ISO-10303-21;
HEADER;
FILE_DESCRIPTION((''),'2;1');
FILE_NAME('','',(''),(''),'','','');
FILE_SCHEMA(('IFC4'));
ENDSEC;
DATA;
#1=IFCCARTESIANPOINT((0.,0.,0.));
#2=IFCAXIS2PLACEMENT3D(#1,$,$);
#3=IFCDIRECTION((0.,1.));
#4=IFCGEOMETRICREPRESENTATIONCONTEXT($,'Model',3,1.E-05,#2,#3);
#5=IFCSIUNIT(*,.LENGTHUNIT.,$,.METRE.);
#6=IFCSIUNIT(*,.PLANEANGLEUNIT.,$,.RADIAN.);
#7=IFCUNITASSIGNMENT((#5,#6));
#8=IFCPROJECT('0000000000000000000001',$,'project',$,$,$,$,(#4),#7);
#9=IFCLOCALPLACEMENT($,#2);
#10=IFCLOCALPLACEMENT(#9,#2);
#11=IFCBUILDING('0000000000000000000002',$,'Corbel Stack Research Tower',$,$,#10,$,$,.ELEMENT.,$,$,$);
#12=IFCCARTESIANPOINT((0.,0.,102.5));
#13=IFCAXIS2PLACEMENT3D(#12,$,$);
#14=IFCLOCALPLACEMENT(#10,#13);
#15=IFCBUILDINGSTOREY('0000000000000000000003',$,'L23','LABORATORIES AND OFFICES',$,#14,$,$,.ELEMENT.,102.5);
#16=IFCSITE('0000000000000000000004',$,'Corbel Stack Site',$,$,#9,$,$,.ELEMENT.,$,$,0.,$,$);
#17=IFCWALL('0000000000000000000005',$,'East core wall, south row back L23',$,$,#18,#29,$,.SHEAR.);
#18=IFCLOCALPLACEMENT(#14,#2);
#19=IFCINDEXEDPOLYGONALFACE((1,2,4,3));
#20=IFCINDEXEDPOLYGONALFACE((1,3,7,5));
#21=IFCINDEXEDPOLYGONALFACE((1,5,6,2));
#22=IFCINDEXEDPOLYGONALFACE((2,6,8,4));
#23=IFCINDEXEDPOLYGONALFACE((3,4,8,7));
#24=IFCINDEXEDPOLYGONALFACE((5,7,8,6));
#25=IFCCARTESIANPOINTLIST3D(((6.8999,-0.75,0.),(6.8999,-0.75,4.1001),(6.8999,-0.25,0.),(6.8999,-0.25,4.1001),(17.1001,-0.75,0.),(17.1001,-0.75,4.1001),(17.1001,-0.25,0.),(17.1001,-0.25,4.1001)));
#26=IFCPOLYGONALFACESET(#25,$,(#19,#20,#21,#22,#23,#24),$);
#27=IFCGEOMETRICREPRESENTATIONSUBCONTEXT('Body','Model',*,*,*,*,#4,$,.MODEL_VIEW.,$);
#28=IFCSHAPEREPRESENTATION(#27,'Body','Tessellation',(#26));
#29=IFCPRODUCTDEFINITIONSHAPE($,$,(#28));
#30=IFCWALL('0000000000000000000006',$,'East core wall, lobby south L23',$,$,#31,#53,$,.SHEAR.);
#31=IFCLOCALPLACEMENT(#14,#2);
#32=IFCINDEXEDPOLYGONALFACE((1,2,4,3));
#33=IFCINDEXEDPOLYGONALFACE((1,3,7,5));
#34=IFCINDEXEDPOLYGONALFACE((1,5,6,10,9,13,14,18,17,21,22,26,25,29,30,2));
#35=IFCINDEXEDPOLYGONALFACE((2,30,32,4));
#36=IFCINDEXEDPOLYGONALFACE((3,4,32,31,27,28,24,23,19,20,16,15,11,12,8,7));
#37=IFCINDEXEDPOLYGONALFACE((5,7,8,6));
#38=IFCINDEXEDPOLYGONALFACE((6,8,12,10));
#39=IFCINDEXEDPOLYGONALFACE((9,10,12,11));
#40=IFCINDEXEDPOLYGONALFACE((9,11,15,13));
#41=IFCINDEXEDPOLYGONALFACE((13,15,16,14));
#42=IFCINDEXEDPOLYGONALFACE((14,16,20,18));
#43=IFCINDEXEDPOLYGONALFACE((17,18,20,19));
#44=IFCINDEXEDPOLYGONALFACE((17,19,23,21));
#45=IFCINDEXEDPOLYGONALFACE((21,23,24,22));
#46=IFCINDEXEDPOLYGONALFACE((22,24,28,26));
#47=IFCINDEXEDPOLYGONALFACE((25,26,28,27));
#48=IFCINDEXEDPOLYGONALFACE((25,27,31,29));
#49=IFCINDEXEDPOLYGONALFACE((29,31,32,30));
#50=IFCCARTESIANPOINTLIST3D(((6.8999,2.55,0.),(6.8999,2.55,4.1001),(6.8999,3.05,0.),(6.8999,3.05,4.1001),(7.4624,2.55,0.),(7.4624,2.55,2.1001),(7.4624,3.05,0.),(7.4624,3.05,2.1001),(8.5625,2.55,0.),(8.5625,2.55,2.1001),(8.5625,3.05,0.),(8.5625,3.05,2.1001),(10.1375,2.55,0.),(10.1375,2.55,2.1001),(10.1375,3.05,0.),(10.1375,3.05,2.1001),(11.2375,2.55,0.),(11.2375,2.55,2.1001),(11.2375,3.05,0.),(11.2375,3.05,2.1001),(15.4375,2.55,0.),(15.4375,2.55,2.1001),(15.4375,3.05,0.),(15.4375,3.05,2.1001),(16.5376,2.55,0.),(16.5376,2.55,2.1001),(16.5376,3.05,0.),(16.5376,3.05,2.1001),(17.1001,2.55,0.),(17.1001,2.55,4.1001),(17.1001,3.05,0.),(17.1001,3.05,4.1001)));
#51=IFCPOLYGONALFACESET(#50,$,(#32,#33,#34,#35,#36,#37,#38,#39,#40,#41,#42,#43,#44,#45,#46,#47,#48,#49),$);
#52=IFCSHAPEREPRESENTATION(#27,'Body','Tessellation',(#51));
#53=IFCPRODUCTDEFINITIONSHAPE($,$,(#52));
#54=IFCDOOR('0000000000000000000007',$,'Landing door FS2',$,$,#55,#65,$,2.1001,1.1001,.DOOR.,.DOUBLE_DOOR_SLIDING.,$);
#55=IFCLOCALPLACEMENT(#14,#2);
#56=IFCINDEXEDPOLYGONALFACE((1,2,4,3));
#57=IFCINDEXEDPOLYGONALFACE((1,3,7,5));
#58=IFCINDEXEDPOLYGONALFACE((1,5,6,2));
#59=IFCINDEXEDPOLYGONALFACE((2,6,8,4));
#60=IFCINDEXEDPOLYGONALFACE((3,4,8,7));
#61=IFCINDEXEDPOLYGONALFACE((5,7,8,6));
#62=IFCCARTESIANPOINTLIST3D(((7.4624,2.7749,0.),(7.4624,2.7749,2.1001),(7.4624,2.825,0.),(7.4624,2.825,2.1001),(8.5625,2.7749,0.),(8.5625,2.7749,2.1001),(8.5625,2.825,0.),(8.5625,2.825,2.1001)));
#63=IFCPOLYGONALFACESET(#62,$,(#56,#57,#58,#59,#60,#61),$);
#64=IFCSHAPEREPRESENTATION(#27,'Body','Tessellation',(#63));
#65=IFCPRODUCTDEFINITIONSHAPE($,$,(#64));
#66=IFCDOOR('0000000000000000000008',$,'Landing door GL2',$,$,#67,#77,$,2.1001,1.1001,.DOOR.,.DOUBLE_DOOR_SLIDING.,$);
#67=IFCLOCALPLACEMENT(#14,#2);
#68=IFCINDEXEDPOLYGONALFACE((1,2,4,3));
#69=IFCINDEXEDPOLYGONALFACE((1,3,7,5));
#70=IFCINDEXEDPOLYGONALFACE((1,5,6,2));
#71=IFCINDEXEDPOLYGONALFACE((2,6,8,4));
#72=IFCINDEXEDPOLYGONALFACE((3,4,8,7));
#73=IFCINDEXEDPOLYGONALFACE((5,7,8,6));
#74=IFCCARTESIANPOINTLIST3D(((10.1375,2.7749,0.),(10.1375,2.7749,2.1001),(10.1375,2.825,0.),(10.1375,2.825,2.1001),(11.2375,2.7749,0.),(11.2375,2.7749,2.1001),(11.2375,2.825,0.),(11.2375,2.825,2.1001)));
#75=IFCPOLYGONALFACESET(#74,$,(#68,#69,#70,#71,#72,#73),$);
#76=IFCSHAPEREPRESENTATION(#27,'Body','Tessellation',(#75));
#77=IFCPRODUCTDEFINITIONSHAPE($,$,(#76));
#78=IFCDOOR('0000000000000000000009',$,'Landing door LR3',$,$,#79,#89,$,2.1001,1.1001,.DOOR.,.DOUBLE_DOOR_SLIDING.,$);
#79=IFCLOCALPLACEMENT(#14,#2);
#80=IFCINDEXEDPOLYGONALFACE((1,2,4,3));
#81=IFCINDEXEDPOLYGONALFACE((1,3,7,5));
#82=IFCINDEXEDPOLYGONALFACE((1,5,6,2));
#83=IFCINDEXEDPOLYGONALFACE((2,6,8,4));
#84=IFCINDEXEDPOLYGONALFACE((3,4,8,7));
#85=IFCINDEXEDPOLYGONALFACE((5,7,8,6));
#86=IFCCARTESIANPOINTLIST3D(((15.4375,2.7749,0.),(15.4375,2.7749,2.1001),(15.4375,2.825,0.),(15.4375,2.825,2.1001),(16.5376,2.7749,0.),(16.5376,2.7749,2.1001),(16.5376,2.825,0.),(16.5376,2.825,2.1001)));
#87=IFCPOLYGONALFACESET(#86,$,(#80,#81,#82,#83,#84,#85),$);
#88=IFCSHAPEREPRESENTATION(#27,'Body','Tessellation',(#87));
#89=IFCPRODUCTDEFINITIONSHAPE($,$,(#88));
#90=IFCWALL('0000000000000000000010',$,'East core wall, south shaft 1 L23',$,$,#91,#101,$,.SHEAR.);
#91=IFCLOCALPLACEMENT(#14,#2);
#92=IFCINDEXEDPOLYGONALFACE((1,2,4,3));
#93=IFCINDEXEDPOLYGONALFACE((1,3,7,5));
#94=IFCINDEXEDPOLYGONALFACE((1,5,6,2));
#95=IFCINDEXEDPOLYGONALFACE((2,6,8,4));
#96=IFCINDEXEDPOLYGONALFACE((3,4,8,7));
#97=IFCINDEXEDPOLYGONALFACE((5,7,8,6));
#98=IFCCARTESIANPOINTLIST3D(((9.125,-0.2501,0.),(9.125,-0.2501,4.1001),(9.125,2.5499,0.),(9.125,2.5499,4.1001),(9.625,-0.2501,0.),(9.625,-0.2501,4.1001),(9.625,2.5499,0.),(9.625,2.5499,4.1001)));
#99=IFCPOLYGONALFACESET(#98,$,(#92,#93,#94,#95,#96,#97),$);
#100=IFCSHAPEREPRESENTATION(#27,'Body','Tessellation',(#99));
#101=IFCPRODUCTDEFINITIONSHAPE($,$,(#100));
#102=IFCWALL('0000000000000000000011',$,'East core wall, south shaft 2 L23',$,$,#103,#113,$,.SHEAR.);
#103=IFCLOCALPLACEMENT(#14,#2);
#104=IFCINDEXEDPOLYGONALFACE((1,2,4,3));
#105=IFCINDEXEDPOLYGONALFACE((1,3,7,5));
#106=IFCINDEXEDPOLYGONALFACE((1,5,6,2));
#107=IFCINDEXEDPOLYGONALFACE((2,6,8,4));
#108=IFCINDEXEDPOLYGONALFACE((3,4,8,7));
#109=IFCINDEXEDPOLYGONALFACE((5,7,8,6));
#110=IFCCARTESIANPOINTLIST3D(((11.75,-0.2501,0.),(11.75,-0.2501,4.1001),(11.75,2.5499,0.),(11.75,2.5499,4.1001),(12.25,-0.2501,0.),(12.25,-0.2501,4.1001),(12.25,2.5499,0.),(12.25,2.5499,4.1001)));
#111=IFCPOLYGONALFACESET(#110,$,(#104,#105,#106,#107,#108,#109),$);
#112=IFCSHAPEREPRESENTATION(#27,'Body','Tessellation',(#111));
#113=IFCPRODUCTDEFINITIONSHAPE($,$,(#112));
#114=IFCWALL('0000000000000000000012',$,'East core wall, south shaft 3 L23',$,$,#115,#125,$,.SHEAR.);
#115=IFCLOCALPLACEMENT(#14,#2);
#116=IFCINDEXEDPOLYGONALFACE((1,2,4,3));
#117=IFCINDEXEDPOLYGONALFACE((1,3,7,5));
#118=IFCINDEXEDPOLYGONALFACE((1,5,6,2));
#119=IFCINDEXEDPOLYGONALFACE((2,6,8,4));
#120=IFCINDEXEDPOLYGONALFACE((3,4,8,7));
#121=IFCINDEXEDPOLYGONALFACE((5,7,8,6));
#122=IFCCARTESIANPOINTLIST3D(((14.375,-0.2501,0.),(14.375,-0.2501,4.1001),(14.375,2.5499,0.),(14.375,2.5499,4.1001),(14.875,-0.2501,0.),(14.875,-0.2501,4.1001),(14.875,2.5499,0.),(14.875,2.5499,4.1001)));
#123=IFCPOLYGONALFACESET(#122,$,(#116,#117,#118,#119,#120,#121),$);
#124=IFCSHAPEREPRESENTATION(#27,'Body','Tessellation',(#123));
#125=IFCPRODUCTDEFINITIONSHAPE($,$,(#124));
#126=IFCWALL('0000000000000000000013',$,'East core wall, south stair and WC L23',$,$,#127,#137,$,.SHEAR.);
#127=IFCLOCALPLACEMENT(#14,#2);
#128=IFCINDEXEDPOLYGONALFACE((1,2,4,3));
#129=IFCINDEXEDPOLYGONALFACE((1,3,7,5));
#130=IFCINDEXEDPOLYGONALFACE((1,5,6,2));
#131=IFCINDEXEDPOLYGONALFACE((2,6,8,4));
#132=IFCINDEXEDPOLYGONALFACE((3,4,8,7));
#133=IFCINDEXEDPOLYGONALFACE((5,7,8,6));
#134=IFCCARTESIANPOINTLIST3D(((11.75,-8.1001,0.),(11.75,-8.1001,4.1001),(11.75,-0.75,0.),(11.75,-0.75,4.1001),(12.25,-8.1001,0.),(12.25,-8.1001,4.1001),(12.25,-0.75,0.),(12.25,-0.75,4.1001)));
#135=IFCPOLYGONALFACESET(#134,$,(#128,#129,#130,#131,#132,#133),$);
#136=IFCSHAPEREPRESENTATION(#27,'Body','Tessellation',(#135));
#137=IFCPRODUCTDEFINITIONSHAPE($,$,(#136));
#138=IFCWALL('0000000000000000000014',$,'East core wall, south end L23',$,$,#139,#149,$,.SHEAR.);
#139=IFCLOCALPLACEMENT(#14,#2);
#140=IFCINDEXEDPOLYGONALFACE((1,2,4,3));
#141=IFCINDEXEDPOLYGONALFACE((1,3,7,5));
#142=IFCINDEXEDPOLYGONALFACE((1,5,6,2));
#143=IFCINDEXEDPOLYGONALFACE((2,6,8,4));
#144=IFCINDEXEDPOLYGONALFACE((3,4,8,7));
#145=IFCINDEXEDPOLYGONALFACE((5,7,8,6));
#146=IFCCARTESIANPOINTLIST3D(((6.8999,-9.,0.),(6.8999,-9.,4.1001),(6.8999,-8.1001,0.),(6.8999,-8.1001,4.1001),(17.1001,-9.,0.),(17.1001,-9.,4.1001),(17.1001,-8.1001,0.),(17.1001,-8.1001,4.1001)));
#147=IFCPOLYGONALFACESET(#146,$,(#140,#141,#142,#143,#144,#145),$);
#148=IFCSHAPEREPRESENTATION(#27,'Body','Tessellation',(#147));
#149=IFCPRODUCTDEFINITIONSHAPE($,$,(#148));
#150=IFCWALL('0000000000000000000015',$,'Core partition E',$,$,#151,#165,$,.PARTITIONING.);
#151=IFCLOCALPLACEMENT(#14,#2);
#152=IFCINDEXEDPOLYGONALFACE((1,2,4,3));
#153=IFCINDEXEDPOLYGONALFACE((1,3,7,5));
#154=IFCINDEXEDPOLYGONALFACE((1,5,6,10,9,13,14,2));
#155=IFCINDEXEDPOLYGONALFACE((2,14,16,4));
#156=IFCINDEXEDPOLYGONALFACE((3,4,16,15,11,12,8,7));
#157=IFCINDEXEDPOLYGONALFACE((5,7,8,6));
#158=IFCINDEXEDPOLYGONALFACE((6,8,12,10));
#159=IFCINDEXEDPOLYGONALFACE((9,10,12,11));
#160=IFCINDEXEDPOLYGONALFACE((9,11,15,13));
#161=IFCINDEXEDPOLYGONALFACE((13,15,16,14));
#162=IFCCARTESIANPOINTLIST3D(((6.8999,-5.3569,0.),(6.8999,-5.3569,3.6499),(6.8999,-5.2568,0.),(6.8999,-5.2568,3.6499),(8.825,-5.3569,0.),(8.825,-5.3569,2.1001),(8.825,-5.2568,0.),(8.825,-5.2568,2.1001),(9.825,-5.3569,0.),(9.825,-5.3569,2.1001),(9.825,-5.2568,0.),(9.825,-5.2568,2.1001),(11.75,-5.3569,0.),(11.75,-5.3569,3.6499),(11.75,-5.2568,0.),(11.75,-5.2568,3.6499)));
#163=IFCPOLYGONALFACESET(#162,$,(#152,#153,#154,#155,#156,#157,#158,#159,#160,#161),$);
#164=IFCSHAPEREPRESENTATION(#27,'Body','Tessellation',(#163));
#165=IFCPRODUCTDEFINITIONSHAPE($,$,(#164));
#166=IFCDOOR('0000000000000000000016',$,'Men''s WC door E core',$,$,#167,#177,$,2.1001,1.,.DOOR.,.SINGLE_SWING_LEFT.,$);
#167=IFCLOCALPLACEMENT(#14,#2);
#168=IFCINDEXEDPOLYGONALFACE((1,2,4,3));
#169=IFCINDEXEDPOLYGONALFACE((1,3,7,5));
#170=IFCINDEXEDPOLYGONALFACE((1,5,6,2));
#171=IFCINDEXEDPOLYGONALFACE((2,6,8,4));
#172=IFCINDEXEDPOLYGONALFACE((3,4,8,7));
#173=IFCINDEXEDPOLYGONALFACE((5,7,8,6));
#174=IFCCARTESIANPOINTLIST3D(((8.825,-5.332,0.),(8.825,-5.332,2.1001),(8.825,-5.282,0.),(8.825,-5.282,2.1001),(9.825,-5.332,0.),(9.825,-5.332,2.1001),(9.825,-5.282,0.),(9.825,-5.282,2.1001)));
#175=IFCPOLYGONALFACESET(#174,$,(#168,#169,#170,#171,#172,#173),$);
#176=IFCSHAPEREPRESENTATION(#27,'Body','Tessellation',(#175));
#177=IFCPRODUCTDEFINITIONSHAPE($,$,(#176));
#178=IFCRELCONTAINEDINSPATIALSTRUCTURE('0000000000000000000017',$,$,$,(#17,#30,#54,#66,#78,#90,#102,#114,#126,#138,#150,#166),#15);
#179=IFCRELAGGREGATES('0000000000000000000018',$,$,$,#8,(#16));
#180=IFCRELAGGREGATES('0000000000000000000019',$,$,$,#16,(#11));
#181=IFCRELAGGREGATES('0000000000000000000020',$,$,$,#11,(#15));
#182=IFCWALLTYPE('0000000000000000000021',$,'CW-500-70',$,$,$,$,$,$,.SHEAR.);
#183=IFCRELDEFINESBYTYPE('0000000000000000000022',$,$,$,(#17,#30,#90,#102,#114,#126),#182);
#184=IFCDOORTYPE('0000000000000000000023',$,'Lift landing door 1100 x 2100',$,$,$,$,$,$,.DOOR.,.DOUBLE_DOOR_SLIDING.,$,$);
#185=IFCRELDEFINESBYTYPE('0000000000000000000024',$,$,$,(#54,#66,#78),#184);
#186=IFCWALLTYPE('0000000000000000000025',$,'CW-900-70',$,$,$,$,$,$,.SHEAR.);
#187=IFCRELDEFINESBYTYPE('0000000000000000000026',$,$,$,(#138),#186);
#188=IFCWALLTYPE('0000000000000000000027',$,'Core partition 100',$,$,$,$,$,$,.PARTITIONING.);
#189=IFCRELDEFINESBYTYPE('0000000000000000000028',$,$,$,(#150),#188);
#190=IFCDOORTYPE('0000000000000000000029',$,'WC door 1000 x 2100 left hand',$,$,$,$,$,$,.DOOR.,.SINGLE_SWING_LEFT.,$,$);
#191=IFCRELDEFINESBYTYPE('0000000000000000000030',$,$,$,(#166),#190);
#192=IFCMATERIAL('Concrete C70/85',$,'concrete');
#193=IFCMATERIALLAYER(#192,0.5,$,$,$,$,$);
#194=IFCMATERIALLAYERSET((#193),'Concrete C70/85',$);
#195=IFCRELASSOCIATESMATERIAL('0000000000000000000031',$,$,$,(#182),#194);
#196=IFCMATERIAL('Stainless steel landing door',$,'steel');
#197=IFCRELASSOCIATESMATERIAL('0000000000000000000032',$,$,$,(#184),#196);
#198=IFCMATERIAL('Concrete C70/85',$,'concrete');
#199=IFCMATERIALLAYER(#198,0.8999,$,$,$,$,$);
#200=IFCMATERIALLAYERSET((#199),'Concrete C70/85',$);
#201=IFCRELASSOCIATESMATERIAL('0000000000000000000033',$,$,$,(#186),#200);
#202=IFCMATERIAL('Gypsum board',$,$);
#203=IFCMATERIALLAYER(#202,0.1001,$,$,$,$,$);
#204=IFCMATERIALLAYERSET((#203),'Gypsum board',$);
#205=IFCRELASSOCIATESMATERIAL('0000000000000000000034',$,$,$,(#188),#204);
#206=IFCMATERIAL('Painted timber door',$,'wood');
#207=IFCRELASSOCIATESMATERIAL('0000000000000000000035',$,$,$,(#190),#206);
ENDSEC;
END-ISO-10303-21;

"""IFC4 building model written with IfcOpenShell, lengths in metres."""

from ifc_helpers import new_model, si_unit, direction, frame, frame_2d, origin, place, context, subcontext, project, spatial, rectangle, extrude, material, layer, layer_set, type_object, element, fill, save


model = new_model("IFC4")

# Units and contexts
model_context = context("Model", 3, precision=1e-05, world=origin(), true_north=direction((0.0, 1.0)))
body_context = subcontext(model_context, "Body", "Model", "MODEL_VIEW")
ifc_project = project(units=[si_unit("LENGTHUNIT", "METRE"), si_unit("PLANEANGLEUNIT", "RADIAN")], contexts=[model_context])

# Site, building, storey
site_placement = place(None, origin())
site = spatial("IfcSite", under=ifc_project, at=site_placement, Name="Corbel Stack Site", CompositionType="ELEMENT", RefElevation=0.0)
building_placement = place(site_placement, origin())
building = spatial("IfcBuilding", under=site, at=building_placement, Name="Corbel Stack Research Tower", CompositionType="ELEMENT")
storey_placement = place(building_placement, frame((0.0, 0.0, 102.5)))
storey = spatial("IfcBuildingStorey", under=building, at=storey_placement, Name="L23", Description="LABORATORIES AND OFFICES", CompositionType="ELEMENT", Elevation=102.5)

# Wall
ifc_material_1 = material(Name="Concrete C70/85", Category="concrete")
ifc_layer_1 = layer(ifc_material_1, 0.5)
ifc_layer_set_1 = layer_set([ifc_layer_1], Name="Concrete C70/85")
wall_type_1 = type_object("IfcWallType", Name="CW-500-70", PredefinedType="SHEAR", material=ifc_layer_set_1)
wall_1_placement = place(storey_placement, frame((6.8999, -0.5, 0.0), z_axis=(0.0, 0.0, 1.0), x_axis=(1.0, 0.0, 0.0)))
element("IfcWall", 1, at=wall_1_placement, inside=storey, type_object=wall_type_1, Name="East core wall, south row back L23", PredefinedType="SHEAR", context=body_context, shape_type="SweptSolid", body=[
    extrude(rectangle(XDim=10.2002, YDim=0.5, at=frame_2d((5.1001, 0.0))), origin(), (0.0, 0.0, 1.0), 4.1001),
])

# Wall, openings, doors
wall_2_placement = place(storey_placement, frame((6.8999, 2.8, 0.0), z_axis=(0.0, 0.0, 1.0), x_axis=(1.0, 0.0, 0.0)))
wall_2 = element("IfcWall", 2, at=wall_2_placement, inside=storey, type_object=wall_type_1, Name="East core wall, lobby south L23", PredefinedType="SHEAR", context=body_context, shape_type="SweptSolid", body=[
    extrude(rectangle(XDim=10.2002, YDim=0.5, at=frame_2d((5.1001, 0.0))), origin(), (0.0, 0.0, 1.0), 4.1001),
])
opening_1_placement = place(wall_2_placement, frame((0.5625, 0.0, 0.0)))
opening_1 = element("IfcOpeningElement", 3, at=opening_1_placement, cuts=wall_2, PredefinedType="OPENING", context=body_context, shape_type="SweptSolid", body=[
    extrude(rectangle(XDim=1.1001, YDim=2.1001, at=frame_2d((0.55, 1.05))), frame((0.0, 0.26, 0.0), z_axis=(0.0, -1.0, 0.0), x_axis=(1.0, 0.0, 0.0)), (0.0, 0.0, 1.0), 0.52),
])
opening_2_placement = place(wall_2_placement, frame((3.2375, 0.0, 0.0)))
opening_2 = element("IfcOpeningElement", 4, at=opening_2_placement, cuts=wall_2, PredefinedType="OPENING", context=body_context, shape_type="SweptSolid", body=[
    extrude(rectangle(XDim=1.1001, YDim=2.1001, at=frame_2d((0.55, 1.05))), frame((0.0, 0.26, 0.0), z_axis=(0.0, -1.0, 0.0), x_axis=(1.0, 0.0, 0.0)), (0.0, 0.0, 1.0), 0.52),
])
opening_3_placement = place(wall_2_placement, frame((8.5376, 0.0, 0.0)))
opening_3 = element("IfcOpeningElement", 5, at=opening_3_placement, cuts=wall_2, PredefinedType="OPENING", context=body_context, shape_type="SweptSolid", body=[
    extrude(rectangle(XDim=1.1001, YDim=2.1001, at=frame_2d((0.55, 1.05))), frame((0.0, 0.26, 0.0), z_axis=(0.0, -1.0, 0.0), x_axis=(1.0, 0.0, 0.0)), (0.0, 0.0, 1.0), 0.52),
])
ifc_material_2 = material(Name="Stainless steel landing door", Category="steel")
door_type_1 = type_object("IfcDoorType", Name="Lift landing door 1100 x 2100", OperationType="DOUBLE_DOOR_SLIDING", PredefinedType="DOOR", material=ifc_material_2)
door_1_placement = place(opening_1_placement, origin())
door_1 = element("IfcDoor", 6, at=door_1_placement, inside=storey, type_object=door_type_1, Name="Landing door FS2", OperationType="DOUBLE_DOOR_SLIDING", OverallHeight=2.1001, OverallWidth=1.1001, PredefinedType="DOOR", context=body_context, shape_type="SweptSolid", body=[
    extrude(rectangle(XDim=1.1001, YDim=2.1001, at=frame_2d((0.55, 1.05))), frame((0.0, 0.0249, 0.0), z_axis=(0.0, -1.0, 0.0), x_axis=(1.0, 0.0, 0.0)), (0.0, 0.0, 1.0), 0.05),
])
fill(opening_1, door_1)
door_2_placement = place(opening_2_placement, origin())
door_2 = element("IfcDoor", 7, at=door_2_placement, inside=storey, type_object=door_type_1, Name="Landing door GL2", OperationType="DOUBLE_DOOR_SLIDING", OverallHeight=2.1001, OverallWidth=1.1001, PredefinedType="DOOR", context=body_context, shape_type="SweptSolid", body=[
    extrude(rectangle(XDim=1.1001, YDim=2.1001, at=frame_2d((0.55, 1.05))), frame((0.0, 0.0249, 0.0), z_axis=(0.0, -1.0, 0.0), x_axis=(1.0, 0.0, 0.0)), (0.0, 0.0, 1.0), 0.05),
])
fill(opening_2, door_2)
door_3_placement = place(opening_3_placement, origin())
door_3 = element("IfcDoor", 8, at=door_3_placement, inside=storey, type_object=door_type_1, Name="Landing door LR3", OperationType="DOUBLE_DOOR_SLIDING", OverallHeight=2.1001, OverallWidth=1.1001, PredefinedType="DOOR", context=body_context, shape_type="SweptSolid", body=[
    extrude(rectangle(XDim=1.1001, YDim=2.1001, at=frame_2d((0.55, 1.05))), frame((0.0, 0.0249, 0.0), z_axis=(0.0, -1.0, 0.0), x_axis=(1.0, 0.0, 0.0)), (0.0, 0.0, 1.0), 0.05),
])
fill(opening_3, door_3)

# Walls
for number, where, z_axis, x_axis, name in (
    (9, (9.375, -0.25, 0.0), (0.0, 0.0, 1.0), (0.0, 1.0, 0.0), "East core wall, south shaft 1 L23"),
    (10, (12.0, -0.25, 0.0), (0.0, 0.0, 1.0), (0.0, 1.0, 0.0), "East core wall, south shaft 2 L23"),
    (11, (14.625, -0.25, 0.0), (0.0, 0.0, 1.0), (0.0, 1.0, 0.0), "East core wall, south shaft 3 L23"),
):
    element("IfcWall", number, at=place(storey_placement, frame(where, z_axis=z_axis, x_axis=x_axis)), inside=storey, type_object=wall_type_1, Name=name, PredefinedType="SHEAR", context=body_context, shape_type="SweptSolid", body=[
        extrude(rectangle(XDim=2.8, YDim=0.5, at=frame_2d((1.3999, 0.0))), origin(), (0.0, 0.0, 1.0), 4.1001),
    ])
wall_3_placement = place(storey_placement, frame((12.0, -8.1001, 0.0), z_axis=(0.0, 0.0, 1.0), x_axis=(0.0, 1.0, 0.0)))
element("IfcWall", 12, at=wall_3_placement, inside=storey, type_object=wall_type_1, Name="East core wall, south stair and WC L23", PredefinedType="SHEAR", context=body_context, shape_type="SweptSolid", body=[
    extrude(rectangle(XDim=7.3501, YDim=0.5, at=frame_2d((3.675, 0.0))), origin(), (0.0, 0.0, 1.0), 4.1001),
])
ifc_material_3 = material(Name="Concrete C70/85", Category="concrete")
ifc_layer_2 = layer(ifc_material_3, 0.8999)
ifc_layer_set_2 = layer_set([ifc_layer_2], Name="Concrete C70/85")
wall_type_2 = type_object("IfcWallType", Name="CW-900-70", PredefinedType="SHEAR", material=ifc_layer_set_2)
wall_4_placement = place(storey_placement, frame((6.8999, -8.55, 0.0), z_axis=(0.0, 0.0, 1.0), x_axis=(1.0, 0.0, 0.0)))
element("IfcWall", 13, at=wall_4_placement, inside=storey, type_object=wall_type_2, Name="East core wall, south end L23", PredefinedType="SHEAR", context=body_context, shape_type="SweptSolid", body=[
    extrude(rectangle(XDim=10.2002, YDim=0.8999, at=frame_2d((5.1001, 0.0))), origin(), (0.0, 0.0, 1.0), 4.1001),
])

# Wall, opening, door
ifc_material_4 = material(Name="Gypsum board")
ifc_layer_3 = layer(ifc_material_4, 0.1001)
ifc_layer_set_3 = layer_set([ifc_layer_3], Name="Gypsum board")
wall_type_3 = type_object("IfcWallType", Name="Core partition 100", PredefinedType="PARTITIONING", material=ifc_layer_set_3)
wall_5_placement = place(storey_placement, frame((6.8999, -5.3069, 0.0), z_axis=(0.0, 0.0, 1.0), x_axis=(1.0, 0.0, 0.0)))
wall_5 = element("IfcWall", 14, at=wall_5_placement, inside=storey, type_object=wall_type_3, Name="Core partition E", PredefinedType="PARTITIONING", context=body_context, shape_type="SweptSolid", body=[
    extrude(rectangle(XDim=4.8501, YDim=0.1001, at=frame_2d((2.425, 0.0))), origin(), (0.0, 0.0, 1.0), 3.6499),
])
opening_4_placement = place(wall_5_placement, frame((1.925, 0.0, 0.0)))
opening_4 = element("IfcOpeningElement", 15, at=opening_4_placement, cuts=wall_5, PredefinedType="OPENING", context=body_context, shape_type="SweptSolid", body=[
    extrude(rectangle(XDim=1.0, YDim=2.1001, at=frame_2d((0.5, 1.05))), frame((0.0, 0.0601, 0.0), z_axis=(0.0, -1.0, 0.0), x_axis=(1.0, 0.0, 0.0)), (0.0, 0.0, 1.0), 0.1201),
])
ifc_material_5 = material(Name="Painted timber door", Category="wood")
door_type_2 = type_object("IfcDoorType", Name="WC door 1000 x 2100 left hand", OperationType="SINGLE_SWING_LEFT", PredefinedType="DOOR", material=ifc_material_5)
door_4_placement = place(opening_4_placement, origin())
door_4 = element("IfcDoor", 16, at=door_4_placement, inside=storey, type_object=door_type_2, Name="Men's WC door E core", OperationType="SINGLE_SWING_LEFT", OverallHeight=2.1001, OverallWidth=1.0, PredefinedType="DOOR", context=body_context, shape_type="SweptSolid", body=[
    extrude(rectangle(XDim=1.0, YDim=2.1001, at=frame_2d((0.5, 1.05))), frame((0.0, 0.0249, 0.0), z_axis=(0.0, -1.0, 0.0), x_axis=(1.0, 0.0, 0.0)), (0.0, 0.0, 1.0), 0.05),
])
fill(opening_4, door_4)

save(model, "model.ifc")
